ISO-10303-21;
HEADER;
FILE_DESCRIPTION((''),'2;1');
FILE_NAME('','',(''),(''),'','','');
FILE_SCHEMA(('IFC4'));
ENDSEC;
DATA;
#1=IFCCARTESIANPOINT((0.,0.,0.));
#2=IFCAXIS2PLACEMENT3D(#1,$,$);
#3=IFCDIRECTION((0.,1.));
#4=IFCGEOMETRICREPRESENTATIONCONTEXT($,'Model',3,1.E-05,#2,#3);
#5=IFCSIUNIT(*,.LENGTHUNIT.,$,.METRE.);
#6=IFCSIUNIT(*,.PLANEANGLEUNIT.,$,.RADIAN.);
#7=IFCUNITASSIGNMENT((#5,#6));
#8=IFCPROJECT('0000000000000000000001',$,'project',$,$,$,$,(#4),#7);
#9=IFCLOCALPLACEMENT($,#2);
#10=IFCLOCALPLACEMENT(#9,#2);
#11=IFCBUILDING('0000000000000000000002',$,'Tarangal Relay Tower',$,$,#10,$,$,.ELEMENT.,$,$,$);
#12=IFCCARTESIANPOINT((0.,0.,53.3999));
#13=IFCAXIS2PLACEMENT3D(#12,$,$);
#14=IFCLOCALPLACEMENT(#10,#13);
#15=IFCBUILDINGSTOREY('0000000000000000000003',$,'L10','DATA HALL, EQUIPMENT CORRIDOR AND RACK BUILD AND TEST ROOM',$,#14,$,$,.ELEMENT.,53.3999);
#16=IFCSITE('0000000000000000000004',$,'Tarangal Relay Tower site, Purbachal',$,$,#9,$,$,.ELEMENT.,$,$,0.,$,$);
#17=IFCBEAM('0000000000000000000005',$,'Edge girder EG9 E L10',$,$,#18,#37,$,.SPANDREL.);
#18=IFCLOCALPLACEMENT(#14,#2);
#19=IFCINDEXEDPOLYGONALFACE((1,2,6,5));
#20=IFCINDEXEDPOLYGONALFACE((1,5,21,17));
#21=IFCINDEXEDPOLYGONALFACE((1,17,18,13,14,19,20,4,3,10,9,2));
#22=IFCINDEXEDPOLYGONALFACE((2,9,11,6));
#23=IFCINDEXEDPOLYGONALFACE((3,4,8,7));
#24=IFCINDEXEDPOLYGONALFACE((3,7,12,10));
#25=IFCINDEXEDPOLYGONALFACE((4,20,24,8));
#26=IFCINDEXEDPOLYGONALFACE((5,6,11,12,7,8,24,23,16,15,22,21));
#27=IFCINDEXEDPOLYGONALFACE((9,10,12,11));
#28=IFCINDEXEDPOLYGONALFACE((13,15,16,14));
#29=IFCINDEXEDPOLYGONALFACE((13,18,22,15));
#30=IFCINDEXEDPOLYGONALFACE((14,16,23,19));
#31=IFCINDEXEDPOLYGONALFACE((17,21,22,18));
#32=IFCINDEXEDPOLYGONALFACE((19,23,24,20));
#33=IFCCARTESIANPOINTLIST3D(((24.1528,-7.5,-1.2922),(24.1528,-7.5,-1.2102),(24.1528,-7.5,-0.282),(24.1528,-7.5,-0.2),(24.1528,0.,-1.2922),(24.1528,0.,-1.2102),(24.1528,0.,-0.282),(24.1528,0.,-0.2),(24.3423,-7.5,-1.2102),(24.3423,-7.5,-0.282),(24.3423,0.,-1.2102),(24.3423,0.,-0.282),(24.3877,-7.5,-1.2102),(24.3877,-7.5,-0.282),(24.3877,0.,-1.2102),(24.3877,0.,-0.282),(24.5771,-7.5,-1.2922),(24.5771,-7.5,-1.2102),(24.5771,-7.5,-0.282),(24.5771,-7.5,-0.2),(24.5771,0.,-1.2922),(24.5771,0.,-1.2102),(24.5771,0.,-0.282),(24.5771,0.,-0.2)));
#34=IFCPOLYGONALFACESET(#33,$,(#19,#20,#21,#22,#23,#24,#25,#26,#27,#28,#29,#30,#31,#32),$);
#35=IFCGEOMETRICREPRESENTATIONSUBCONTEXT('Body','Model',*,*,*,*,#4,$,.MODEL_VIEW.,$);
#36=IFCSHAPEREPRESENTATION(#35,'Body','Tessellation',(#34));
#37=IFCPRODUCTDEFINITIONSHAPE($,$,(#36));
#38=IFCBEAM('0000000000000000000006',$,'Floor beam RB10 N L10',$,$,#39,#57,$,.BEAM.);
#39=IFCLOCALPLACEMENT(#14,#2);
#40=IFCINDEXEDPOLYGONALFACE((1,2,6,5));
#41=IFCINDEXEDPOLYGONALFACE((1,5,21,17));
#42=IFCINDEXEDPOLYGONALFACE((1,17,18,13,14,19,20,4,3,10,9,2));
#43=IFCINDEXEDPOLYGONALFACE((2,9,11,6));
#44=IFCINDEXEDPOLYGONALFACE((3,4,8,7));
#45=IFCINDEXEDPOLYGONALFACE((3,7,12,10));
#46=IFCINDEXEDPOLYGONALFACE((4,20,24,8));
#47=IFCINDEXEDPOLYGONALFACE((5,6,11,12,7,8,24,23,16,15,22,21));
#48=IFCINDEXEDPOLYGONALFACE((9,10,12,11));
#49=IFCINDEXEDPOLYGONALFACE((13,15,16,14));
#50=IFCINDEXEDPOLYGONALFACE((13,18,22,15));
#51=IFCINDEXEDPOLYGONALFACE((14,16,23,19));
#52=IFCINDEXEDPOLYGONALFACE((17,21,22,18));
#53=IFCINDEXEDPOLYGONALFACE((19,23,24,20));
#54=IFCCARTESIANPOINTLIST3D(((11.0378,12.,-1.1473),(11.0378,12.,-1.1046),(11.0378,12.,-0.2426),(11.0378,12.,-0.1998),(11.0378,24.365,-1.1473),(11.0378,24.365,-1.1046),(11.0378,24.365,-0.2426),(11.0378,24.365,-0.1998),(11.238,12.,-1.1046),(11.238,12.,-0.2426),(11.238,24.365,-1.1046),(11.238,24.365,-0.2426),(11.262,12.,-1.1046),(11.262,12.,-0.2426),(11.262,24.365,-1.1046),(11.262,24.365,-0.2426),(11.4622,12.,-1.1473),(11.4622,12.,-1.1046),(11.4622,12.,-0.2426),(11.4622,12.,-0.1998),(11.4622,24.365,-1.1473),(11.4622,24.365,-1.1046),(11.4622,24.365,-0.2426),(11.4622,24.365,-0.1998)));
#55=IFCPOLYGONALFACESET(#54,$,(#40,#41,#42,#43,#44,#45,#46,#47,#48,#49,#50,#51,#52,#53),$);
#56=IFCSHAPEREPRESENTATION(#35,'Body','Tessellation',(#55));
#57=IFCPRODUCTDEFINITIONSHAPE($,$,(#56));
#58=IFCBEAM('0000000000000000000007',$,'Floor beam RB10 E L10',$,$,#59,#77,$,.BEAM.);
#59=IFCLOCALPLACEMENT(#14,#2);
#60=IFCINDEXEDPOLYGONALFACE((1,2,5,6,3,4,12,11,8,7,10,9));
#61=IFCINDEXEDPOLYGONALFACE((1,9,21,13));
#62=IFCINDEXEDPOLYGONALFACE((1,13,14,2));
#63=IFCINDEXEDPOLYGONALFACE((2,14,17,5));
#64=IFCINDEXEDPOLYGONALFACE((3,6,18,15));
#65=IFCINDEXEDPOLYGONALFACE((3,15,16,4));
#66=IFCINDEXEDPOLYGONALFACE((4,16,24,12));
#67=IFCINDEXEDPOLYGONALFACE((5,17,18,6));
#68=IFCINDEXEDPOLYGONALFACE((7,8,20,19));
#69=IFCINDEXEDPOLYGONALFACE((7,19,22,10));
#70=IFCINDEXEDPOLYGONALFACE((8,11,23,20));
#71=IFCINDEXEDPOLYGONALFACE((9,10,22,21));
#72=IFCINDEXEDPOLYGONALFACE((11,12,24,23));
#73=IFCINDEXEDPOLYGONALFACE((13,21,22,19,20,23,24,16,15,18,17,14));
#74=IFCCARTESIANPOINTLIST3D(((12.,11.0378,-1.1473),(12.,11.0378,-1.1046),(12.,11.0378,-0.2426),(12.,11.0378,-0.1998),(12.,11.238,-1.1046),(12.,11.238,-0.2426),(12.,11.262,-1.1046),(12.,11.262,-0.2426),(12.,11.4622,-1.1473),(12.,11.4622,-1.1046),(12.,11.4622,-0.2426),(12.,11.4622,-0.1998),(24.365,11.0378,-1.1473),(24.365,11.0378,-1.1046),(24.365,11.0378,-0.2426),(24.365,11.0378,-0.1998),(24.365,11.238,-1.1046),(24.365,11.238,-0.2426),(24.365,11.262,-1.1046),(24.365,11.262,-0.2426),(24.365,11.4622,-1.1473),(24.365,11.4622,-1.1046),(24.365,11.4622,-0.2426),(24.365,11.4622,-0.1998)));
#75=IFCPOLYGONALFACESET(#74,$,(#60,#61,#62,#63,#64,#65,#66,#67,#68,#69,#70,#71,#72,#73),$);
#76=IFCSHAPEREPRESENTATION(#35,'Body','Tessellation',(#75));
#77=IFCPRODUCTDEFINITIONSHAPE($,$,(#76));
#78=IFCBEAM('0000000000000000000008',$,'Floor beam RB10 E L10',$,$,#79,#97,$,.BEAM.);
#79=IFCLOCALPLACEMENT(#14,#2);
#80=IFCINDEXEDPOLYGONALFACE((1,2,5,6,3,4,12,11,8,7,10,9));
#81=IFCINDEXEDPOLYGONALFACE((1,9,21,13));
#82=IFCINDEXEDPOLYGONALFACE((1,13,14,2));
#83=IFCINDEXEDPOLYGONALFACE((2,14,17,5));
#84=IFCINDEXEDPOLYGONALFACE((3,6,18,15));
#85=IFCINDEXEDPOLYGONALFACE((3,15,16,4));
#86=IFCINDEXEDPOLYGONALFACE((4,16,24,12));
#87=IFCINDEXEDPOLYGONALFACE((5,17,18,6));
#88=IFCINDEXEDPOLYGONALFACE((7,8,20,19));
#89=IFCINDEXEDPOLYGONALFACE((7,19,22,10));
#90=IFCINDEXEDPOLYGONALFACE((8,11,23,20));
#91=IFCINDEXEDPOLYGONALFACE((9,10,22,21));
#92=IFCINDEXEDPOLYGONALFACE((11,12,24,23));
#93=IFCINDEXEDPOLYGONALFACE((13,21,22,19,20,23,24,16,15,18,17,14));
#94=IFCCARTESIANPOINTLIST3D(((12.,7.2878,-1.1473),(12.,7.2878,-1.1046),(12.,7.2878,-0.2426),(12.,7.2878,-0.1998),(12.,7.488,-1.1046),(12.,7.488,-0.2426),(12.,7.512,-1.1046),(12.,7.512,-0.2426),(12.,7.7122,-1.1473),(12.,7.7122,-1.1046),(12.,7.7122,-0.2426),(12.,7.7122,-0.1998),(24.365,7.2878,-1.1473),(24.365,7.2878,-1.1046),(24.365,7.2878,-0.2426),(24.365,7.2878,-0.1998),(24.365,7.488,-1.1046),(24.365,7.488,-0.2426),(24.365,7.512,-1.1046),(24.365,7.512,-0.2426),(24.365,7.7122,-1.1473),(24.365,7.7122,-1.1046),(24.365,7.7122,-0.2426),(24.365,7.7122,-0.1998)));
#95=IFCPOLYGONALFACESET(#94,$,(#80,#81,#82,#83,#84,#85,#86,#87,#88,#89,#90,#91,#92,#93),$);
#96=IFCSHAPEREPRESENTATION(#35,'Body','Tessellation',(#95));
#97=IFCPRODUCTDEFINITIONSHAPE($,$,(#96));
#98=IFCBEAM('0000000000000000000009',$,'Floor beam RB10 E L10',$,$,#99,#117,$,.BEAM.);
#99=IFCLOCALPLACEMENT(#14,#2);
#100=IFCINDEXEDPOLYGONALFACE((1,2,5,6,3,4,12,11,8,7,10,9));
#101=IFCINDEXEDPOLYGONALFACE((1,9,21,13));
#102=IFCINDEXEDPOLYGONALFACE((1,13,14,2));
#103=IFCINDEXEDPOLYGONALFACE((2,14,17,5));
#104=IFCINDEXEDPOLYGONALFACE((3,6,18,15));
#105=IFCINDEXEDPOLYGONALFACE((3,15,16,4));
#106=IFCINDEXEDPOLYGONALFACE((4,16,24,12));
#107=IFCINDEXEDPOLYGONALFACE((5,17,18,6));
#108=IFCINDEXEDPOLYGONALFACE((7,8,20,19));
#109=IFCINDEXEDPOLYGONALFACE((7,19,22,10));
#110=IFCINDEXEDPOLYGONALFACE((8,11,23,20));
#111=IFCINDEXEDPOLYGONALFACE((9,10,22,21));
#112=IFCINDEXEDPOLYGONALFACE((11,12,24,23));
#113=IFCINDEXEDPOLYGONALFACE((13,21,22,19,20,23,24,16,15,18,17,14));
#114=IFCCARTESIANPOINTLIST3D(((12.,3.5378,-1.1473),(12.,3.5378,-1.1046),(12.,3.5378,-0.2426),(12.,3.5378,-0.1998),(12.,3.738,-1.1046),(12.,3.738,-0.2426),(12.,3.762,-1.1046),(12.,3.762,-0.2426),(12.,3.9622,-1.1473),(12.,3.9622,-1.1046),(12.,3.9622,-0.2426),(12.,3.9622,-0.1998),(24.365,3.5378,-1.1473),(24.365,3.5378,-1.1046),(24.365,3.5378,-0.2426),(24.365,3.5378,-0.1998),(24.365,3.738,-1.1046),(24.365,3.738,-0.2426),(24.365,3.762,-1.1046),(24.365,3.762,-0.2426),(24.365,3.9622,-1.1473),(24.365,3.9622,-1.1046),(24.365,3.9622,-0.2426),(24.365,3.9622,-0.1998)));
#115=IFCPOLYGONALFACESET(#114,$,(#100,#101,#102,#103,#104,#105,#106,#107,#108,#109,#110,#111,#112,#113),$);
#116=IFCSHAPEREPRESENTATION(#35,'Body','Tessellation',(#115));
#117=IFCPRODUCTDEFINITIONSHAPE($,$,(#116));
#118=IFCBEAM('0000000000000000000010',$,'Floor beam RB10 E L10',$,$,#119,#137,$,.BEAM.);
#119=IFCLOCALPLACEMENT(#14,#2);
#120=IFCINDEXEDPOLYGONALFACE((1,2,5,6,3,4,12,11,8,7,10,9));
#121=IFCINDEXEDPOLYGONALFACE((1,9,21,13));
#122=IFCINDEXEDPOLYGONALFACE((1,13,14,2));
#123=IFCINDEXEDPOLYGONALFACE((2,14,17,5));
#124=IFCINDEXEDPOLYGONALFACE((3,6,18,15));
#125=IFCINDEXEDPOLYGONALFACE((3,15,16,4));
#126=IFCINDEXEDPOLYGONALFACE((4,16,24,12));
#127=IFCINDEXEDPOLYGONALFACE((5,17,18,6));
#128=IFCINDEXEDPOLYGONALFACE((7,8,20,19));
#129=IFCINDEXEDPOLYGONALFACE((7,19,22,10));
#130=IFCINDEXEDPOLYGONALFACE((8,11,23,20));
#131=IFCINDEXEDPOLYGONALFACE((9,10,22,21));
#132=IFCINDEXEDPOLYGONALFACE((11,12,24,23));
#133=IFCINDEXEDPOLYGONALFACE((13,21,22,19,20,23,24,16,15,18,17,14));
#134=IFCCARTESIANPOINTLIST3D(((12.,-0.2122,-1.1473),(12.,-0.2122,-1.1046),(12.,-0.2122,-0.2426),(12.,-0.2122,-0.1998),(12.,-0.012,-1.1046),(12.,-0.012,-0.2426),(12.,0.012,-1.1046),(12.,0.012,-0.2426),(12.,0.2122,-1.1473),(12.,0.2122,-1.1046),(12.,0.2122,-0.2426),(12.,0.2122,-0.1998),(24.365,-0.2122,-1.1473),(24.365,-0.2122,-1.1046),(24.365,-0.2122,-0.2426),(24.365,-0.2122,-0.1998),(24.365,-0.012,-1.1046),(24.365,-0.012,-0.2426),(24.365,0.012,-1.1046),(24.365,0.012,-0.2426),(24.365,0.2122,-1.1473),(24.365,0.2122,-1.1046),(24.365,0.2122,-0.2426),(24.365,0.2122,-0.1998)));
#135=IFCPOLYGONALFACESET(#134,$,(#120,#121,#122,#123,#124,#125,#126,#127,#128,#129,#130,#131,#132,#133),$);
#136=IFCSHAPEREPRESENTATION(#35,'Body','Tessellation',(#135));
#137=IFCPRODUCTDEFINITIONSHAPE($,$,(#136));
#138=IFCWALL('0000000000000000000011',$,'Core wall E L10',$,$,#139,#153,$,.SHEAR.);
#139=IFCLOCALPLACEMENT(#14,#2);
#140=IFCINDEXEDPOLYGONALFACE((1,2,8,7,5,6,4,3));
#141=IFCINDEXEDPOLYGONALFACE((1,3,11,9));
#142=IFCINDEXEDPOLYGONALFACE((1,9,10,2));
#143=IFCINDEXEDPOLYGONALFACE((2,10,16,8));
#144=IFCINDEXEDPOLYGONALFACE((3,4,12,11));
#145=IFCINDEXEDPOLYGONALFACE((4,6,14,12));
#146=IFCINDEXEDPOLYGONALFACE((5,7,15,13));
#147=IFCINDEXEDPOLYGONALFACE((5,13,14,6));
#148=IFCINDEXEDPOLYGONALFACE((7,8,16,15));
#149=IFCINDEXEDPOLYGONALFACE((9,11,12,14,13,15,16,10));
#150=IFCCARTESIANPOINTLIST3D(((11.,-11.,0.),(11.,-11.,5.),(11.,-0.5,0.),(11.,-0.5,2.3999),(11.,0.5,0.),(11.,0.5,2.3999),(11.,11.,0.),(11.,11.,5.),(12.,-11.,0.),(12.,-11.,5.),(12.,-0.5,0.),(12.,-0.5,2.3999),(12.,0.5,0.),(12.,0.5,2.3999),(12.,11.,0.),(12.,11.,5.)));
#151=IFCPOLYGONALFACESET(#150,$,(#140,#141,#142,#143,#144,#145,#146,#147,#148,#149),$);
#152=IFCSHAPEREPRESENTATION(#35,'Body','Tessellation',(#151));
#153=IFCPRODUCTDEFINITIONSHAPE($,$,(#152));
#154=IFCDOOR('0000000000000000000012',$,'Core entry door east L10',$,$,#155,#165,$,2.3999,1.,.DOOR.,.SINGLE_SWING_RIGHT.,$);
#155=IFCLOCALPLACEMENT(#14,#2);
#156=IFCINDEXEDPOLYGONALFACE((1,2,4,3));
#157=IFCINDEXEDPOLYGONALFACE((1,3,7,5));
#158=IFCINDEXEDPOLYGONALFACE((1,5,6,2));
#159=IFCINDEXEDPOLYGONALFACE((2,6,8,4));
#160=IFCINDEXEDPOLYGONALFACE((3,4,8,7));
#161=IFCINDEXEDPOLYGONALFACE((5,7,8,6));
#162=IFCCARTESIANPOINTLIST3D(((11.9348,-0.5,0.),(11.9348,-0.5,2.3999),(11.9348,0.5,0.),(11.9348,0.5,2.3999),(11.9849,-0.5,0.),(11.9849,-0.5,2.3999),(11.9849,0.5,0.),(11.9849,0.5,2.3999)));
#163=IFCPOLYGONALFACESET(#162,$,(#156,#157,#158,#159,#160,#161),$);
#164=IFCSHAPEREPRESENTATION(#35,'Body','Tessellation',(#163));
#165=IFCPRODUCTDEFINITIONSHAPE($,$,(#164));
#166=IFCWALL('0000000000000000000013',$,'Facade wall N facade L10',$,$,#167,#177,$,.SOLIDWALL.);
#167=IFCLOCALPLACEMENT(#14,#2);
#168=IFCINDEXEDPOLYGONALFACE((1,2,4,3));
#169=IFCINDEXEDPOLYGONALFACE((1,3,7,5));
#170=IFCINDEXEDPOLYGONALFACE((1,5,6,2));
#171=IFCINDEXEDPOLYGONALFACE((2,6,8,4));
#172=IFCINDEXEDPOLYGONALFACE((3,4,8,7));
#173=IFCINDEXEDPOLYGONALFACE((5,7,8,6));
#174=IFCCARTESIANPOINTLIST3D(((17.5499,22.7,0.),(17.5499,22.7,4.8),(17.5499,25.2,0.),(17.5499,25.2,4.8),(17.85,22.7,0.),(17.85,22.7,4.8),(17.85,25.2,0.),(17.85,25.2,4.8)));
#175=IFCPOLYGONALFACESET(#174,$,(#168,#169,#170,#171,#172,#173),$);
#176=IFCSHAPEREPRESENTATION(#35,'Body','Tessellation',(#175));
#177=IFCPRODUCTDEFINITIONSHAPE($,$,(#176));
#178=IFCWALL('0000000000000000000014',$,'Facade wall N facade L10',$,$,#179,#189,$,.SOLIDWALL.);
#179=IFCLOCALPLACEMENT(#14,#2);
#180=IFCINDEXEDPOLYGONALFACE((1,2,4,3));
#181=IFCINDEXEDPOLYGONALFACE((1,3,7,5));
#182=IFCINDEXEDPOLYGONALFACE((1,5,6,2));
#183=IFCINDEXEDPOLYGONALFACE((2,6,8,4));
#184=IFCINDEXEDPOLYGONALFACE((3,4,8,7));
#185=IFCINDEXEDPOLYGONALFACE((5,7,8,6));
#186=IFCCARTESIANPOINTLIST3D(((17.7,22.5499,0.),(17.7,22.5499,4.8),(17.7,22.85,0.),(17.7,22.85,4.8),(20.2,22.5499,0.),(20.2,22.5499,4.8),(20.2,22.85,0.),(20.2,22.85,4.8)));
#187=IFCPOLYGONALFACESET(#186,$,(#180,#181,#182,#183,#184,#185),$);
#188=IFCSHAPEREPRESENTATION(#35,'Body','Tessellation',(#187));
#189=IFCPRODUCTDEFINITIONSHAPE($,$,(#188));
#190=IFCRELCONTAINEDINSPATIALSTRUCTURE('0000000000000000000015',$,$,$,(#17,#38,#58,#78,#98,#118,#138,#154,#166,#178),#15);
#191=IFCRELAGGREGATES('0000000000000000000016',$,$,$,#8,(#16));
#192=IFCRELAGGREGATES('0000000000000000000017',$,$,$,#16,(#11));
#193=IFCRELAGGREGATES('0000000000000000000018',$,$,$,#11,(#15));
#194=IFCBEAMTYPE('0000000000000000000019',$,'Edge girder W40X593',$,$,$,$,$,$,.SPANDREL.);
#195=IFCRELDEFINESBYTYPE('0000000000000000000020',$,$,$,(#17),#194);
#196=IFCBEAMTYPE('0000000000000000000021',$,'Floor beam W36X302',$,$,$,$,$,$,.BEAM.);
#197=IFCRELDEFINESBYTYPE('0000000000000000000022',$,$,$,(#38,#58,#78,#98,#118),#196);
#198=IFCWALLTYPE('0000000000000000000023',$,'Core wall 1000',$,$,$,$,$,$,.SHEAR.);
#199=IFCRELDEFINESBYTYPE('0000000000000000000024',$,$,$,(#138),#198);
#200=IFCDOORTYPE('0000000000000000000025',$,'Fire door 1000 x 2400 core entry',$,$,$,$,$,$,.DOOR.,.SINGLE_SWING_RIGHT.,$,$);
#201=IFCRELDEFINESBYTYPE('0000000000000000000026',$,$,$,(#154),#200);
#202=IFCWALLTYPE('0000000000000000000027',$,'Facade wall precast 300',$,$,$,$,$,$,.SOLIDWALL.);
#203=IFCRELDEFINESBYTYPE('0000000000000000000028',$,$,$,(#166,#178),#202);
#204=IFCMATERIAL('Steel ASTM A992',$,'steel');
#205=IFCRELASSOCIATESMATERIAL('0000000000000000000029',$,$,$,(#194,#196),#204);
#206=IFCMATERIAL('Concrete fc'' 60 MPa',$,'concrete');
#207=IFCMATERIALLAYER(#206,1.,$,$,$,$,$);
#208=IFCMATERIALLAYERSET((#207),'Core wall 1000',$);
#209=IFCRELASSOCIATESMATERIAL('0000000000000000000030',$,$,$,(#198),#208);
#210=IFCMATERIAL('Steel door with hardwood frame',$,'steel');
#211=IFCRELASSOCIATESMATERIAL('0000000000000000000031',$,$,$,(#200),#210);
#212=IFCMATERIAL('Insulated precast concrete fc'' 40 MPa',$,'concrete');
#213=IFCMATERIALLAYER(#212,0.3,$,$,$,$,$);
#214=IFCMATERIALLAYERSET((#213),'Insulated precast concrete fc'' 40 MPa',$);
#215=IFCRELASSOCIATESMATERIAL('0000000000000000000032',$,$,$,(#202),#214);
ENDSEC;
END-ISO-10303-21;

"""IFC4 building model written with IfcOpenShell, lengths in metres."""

from ifc_helpers import new_model, si_unit, direction, frame, frame_2d, origin, origin_2d, place, context, subcontext, project, spatial, rectangle, i_section, extrude, material, layer, layer_set, material_profile, profile_set, type_object, element, fill, save


model = new_model("IFC4")

# Units and contexts
model_context = context("Model", 3, precision=1e-05, world=origin(), true_north=direction((0.0, 1.0)))
body_context = subcontext(model_context, "Body", "Model", "MODEL_VIEW")
ifc_project = project(units=[si_unit("LENGTHUNIT", "METRE"), si_unit("PLANEANGLEUNIT", "RADIAN")], contexts=[model_context])

# Site, building, storey
site_placement = place(None, origin())
site = spatial("IfcSite", under=ifc_project, at=site_placement, Name="Tarangal Relay Tower site, Purbachal", CompositionType="ELEMENT", RefElevation=0.0)
building_placement = place(site_placement, origin())
building = spatial("IfcBuilding", under=site, at=building_placement, Name="Tarangal Relay Tower", CompositionType="ELEMENT")
storey_placement = place(building_placement, frame((0.0, 0.0, 53.3999)))
storey = spatial("IfcBuildingStorey", under=building, at=storey_placement, Name="L10", Description="DATA HALL, EQUIPMENT CORRIDOR AND RACK BUILD AND TEST ROOM", CompositionType="ELEMENT", Elevation=53.3999)

# Beams
ifc_material_1 = material(Name="Steel ASTM A992", Category="steel")
ifc_material_profile_1 = material_profile(ifc_material_1, i_section(OverallWidth=0.4243, OverallDepth=1.0923, WebThickness=0.0454, FlangeThickness=0.082, at=origin_2d()), Name="W40X593")
ifc_profile_set_1 = profile_set([ifc_material_profile_1], Name="Steel ASTM A992")
beam_type_1 = type_object("IfcBeamType", Name="Edge girder W40X593", PredefinedType="SPANDREL", material=ifc_profile_set_1)
for number, where, z_axis, x_axis, name in (
    (1, (24.365, 0.0, -0.7461), (0.0, -1.0, 0.0), (1.0, 0.0, 0.0), "Edge girder EG9 E L10"),
):
    element("IfcBeam", number, at=place(storey_placement, frame(where, z_axis=z_axis, x_axis=x_axis)), inside=storey, type_object=beam_type_1, Name=name, PredefinedType="SPANDREL", context=body_context, shape_type="SweptSolid", body=[
        extrude(i_section(OverallWidth=0.4243, OverallDepth=1.0923, WebThickness=0.0454, FlangeThickness=0.082, at=origin_2d()), origin(), (0.0, 0.0, 1.0), 7.5),
    ])
ifc_material_profile_2 = material_profile(ifc_material_1, i_section(OverallWidth=0.4243, OverallDepth=0.9475, WebThickness=0.0239, FlangeThickness=0.0427, at=origin_2d()), Name="W36X302")
ifc_profile_set_2 = profile_set([ifc_material_profile_2], Name="Steel ASTM A992")
beam_type_2 = type_object("IfcBeamType", Name="Floor beam W36X302", PredefinedType="BEAM", material=ifc_profile_set_2)
for number, where, z_axis, x_axis, name in (
    (2, (11.25, 12.0, -0.6736), (0.0, 1.0, 0.0), (-1.0, 0.0, 0.0), "Floor beam RB10 N L10"),
    (3, (12.0, 11.25, -0.6736), (1.0, 0.0, 0.0), (0.0, 1.0, 0.0), "Floor beam RB10 E L10"),
    (4, (12.0, 7.5, -0.6736), (1.0, 0.0, 0.0), (0.0, 1.0, 0.0), "Floor beam RB10 E L10"),
    (5, (12.0, 3.75, -0.6736), (1.0, 0.0, 0.0), (0.0, 1.0, 0.0), "Floor beam RB10 E L10"),
    (6, (12.0, 0.0, -0.6736), (1.0, 0.0, 0.0), (0.0, 1.0, 0.0), "Floor beam RB10 E L10"),
):
    element("IfcBeam", number, at=place(storey_placement, frame(where, z_axis=z_axis, x_axis=x_axis)), inside=storey, type_object=beam_type_2, Name=name, PredefinedType="BEAM", context=body_context, shape_type="SweptSolid", body=[
        extrude(i_section(OverallWidth=0.4243, OverallDepth=0.9475, WebThickness=0.0239, FlangeThickness=0.0427, at=origin_2d()), origin(), (0.0, 0.0, 1.0), 12.365),
    ])

# Wall, opening, door
ifc_material_2 = material(Name="Concrete fc' 60 MPa", Category="concrete")
ifc_layer_1 = layer(ifc_material_2, 1.0)
ifc_layer_set_1 = layer_set([ifc_layer_1], Name="Core wall 1000")
wall_type_1 = type_object("IfcWallType", Name="Core wall 1000", PredefinedType="SHEAR", material=ifc_layer_set_1)
wall_1_placement = place(storey_placement, frame((11.5, 11.0, 0.0), z_axis=(0.0, 0.0, 1.0), x_axis=(0.0, -1.0, 0.0)))
wall_1 = element("IfcWall", 7, at=wall_1_placement, inside=storey, type_object=wall_type_1, Name="Core wall E L10", PredefinedType="SHEAR", context=body_context, shape_type="SweptSolid", body=[
    extrude(rectangle(XDim=22.0, YDim=1.0, at=frame_2d((11.0, 0.0))), origin(), (0.0, 0.0, 1.0), 5.0),
])
opening_1_placement = place(wall_1_placement, frame((10.5, 0.0, 0.0)))
opening_1 = element("IfcOpeningElement", 8, at=opening_1_placement, cuts=wall_1, PredefinedType="OPENING", context=body_context, shape_type="SweptSolid", body=[
    extrude(rectangle(XDim=1.0, YDim=2.3999, at=frame_2d((0.5, 1.2))), frame((0.0, 0.51, 0.0), z_axis=(0.0, -1.0, 0.0), x_axis=(1.0, 0.0, 0.0)), (0.0, 0.0, 1.0), 1.02),
])
ifc_material_3 = material(Name="Steel door with hardwood frame", Category="steel")
door_type_1 = type_object("IfcDoorType", Name="Fire door 1000 x 2400 core entry", OperationType="SINGLE_SWING_RIGHT", PredefinedType="DOOR", material=ifc_material_3)
door_1_placement = place(opening_1_placement, origin())
door_1 = element("IfcDoor", 9, at=door_1_placement, inside=storey, type_object=door_type_1, Name="Core entry door east L10", OperationType="SINGLE_SWING_RIGHT", OverallHeight=2.3999, OverallWidth=1.0, PredefinedType="DOOR", context=body_context, shape_type="SweptSolid", body=[
    extrude(rectangle(XDim=1.0, YDim=2.3999, at=frame_2d((0.5, 1.2))), frame((0.0, 0.4849, 0.0), z_axis=(0.0, -1.0, 0.0), x_axis=(1.0, 0.0, 0.0)), (0.0, 0.0, 1.0), 0.05),
])
fill(opening_1, door_1)

# Walls
ifc_material_4 = material(Name="Insulated precast concrete fc' 40 MPa", Category="concrete")
ifc_layer_2 = layer(ifc_material_4, 0.3)
ifc_layer_set_2 = layer_set([ifc_layer_2], Name="Insulated precast concrete fc' 40 MPa")
wall_type_2 = type_object("IfcWallType", Name="Facade wall precast 300", PredefinedType="SOLIDWALL", material=ifc_layer_set_2)
for number, where, z_axis, x_axis, name in (
    (10, (17.7, 25.2, 0.0), (0.0, 0.0, 1.0), (0.0, -1.0, 0.0), "Facade wall N facade L10"),
    (11, (17.7, 22.7, 0.0), (0.0, 0.0, 1.0), (1.0, 0.0, 0.0), "Facade wall N facade L10"),
):
    element("IfcWall", number, at=place(storey_placement, frame(where, z_axis=z_axis, x_axis=x_axis)), inside=storey, type_object=wall_type_2, Name=name, PredefinedType="SOLIDWALL", context=body_context, shape_type="SweptSolid", body=[
        extrude(rectangle(XDim=2.5, YDim=0.3, at=frame_2d((1.25, 0.0))), origin(), (0.0, 0.0, 1.0), 4.8),
    ])

save(model, "model.ifc")
